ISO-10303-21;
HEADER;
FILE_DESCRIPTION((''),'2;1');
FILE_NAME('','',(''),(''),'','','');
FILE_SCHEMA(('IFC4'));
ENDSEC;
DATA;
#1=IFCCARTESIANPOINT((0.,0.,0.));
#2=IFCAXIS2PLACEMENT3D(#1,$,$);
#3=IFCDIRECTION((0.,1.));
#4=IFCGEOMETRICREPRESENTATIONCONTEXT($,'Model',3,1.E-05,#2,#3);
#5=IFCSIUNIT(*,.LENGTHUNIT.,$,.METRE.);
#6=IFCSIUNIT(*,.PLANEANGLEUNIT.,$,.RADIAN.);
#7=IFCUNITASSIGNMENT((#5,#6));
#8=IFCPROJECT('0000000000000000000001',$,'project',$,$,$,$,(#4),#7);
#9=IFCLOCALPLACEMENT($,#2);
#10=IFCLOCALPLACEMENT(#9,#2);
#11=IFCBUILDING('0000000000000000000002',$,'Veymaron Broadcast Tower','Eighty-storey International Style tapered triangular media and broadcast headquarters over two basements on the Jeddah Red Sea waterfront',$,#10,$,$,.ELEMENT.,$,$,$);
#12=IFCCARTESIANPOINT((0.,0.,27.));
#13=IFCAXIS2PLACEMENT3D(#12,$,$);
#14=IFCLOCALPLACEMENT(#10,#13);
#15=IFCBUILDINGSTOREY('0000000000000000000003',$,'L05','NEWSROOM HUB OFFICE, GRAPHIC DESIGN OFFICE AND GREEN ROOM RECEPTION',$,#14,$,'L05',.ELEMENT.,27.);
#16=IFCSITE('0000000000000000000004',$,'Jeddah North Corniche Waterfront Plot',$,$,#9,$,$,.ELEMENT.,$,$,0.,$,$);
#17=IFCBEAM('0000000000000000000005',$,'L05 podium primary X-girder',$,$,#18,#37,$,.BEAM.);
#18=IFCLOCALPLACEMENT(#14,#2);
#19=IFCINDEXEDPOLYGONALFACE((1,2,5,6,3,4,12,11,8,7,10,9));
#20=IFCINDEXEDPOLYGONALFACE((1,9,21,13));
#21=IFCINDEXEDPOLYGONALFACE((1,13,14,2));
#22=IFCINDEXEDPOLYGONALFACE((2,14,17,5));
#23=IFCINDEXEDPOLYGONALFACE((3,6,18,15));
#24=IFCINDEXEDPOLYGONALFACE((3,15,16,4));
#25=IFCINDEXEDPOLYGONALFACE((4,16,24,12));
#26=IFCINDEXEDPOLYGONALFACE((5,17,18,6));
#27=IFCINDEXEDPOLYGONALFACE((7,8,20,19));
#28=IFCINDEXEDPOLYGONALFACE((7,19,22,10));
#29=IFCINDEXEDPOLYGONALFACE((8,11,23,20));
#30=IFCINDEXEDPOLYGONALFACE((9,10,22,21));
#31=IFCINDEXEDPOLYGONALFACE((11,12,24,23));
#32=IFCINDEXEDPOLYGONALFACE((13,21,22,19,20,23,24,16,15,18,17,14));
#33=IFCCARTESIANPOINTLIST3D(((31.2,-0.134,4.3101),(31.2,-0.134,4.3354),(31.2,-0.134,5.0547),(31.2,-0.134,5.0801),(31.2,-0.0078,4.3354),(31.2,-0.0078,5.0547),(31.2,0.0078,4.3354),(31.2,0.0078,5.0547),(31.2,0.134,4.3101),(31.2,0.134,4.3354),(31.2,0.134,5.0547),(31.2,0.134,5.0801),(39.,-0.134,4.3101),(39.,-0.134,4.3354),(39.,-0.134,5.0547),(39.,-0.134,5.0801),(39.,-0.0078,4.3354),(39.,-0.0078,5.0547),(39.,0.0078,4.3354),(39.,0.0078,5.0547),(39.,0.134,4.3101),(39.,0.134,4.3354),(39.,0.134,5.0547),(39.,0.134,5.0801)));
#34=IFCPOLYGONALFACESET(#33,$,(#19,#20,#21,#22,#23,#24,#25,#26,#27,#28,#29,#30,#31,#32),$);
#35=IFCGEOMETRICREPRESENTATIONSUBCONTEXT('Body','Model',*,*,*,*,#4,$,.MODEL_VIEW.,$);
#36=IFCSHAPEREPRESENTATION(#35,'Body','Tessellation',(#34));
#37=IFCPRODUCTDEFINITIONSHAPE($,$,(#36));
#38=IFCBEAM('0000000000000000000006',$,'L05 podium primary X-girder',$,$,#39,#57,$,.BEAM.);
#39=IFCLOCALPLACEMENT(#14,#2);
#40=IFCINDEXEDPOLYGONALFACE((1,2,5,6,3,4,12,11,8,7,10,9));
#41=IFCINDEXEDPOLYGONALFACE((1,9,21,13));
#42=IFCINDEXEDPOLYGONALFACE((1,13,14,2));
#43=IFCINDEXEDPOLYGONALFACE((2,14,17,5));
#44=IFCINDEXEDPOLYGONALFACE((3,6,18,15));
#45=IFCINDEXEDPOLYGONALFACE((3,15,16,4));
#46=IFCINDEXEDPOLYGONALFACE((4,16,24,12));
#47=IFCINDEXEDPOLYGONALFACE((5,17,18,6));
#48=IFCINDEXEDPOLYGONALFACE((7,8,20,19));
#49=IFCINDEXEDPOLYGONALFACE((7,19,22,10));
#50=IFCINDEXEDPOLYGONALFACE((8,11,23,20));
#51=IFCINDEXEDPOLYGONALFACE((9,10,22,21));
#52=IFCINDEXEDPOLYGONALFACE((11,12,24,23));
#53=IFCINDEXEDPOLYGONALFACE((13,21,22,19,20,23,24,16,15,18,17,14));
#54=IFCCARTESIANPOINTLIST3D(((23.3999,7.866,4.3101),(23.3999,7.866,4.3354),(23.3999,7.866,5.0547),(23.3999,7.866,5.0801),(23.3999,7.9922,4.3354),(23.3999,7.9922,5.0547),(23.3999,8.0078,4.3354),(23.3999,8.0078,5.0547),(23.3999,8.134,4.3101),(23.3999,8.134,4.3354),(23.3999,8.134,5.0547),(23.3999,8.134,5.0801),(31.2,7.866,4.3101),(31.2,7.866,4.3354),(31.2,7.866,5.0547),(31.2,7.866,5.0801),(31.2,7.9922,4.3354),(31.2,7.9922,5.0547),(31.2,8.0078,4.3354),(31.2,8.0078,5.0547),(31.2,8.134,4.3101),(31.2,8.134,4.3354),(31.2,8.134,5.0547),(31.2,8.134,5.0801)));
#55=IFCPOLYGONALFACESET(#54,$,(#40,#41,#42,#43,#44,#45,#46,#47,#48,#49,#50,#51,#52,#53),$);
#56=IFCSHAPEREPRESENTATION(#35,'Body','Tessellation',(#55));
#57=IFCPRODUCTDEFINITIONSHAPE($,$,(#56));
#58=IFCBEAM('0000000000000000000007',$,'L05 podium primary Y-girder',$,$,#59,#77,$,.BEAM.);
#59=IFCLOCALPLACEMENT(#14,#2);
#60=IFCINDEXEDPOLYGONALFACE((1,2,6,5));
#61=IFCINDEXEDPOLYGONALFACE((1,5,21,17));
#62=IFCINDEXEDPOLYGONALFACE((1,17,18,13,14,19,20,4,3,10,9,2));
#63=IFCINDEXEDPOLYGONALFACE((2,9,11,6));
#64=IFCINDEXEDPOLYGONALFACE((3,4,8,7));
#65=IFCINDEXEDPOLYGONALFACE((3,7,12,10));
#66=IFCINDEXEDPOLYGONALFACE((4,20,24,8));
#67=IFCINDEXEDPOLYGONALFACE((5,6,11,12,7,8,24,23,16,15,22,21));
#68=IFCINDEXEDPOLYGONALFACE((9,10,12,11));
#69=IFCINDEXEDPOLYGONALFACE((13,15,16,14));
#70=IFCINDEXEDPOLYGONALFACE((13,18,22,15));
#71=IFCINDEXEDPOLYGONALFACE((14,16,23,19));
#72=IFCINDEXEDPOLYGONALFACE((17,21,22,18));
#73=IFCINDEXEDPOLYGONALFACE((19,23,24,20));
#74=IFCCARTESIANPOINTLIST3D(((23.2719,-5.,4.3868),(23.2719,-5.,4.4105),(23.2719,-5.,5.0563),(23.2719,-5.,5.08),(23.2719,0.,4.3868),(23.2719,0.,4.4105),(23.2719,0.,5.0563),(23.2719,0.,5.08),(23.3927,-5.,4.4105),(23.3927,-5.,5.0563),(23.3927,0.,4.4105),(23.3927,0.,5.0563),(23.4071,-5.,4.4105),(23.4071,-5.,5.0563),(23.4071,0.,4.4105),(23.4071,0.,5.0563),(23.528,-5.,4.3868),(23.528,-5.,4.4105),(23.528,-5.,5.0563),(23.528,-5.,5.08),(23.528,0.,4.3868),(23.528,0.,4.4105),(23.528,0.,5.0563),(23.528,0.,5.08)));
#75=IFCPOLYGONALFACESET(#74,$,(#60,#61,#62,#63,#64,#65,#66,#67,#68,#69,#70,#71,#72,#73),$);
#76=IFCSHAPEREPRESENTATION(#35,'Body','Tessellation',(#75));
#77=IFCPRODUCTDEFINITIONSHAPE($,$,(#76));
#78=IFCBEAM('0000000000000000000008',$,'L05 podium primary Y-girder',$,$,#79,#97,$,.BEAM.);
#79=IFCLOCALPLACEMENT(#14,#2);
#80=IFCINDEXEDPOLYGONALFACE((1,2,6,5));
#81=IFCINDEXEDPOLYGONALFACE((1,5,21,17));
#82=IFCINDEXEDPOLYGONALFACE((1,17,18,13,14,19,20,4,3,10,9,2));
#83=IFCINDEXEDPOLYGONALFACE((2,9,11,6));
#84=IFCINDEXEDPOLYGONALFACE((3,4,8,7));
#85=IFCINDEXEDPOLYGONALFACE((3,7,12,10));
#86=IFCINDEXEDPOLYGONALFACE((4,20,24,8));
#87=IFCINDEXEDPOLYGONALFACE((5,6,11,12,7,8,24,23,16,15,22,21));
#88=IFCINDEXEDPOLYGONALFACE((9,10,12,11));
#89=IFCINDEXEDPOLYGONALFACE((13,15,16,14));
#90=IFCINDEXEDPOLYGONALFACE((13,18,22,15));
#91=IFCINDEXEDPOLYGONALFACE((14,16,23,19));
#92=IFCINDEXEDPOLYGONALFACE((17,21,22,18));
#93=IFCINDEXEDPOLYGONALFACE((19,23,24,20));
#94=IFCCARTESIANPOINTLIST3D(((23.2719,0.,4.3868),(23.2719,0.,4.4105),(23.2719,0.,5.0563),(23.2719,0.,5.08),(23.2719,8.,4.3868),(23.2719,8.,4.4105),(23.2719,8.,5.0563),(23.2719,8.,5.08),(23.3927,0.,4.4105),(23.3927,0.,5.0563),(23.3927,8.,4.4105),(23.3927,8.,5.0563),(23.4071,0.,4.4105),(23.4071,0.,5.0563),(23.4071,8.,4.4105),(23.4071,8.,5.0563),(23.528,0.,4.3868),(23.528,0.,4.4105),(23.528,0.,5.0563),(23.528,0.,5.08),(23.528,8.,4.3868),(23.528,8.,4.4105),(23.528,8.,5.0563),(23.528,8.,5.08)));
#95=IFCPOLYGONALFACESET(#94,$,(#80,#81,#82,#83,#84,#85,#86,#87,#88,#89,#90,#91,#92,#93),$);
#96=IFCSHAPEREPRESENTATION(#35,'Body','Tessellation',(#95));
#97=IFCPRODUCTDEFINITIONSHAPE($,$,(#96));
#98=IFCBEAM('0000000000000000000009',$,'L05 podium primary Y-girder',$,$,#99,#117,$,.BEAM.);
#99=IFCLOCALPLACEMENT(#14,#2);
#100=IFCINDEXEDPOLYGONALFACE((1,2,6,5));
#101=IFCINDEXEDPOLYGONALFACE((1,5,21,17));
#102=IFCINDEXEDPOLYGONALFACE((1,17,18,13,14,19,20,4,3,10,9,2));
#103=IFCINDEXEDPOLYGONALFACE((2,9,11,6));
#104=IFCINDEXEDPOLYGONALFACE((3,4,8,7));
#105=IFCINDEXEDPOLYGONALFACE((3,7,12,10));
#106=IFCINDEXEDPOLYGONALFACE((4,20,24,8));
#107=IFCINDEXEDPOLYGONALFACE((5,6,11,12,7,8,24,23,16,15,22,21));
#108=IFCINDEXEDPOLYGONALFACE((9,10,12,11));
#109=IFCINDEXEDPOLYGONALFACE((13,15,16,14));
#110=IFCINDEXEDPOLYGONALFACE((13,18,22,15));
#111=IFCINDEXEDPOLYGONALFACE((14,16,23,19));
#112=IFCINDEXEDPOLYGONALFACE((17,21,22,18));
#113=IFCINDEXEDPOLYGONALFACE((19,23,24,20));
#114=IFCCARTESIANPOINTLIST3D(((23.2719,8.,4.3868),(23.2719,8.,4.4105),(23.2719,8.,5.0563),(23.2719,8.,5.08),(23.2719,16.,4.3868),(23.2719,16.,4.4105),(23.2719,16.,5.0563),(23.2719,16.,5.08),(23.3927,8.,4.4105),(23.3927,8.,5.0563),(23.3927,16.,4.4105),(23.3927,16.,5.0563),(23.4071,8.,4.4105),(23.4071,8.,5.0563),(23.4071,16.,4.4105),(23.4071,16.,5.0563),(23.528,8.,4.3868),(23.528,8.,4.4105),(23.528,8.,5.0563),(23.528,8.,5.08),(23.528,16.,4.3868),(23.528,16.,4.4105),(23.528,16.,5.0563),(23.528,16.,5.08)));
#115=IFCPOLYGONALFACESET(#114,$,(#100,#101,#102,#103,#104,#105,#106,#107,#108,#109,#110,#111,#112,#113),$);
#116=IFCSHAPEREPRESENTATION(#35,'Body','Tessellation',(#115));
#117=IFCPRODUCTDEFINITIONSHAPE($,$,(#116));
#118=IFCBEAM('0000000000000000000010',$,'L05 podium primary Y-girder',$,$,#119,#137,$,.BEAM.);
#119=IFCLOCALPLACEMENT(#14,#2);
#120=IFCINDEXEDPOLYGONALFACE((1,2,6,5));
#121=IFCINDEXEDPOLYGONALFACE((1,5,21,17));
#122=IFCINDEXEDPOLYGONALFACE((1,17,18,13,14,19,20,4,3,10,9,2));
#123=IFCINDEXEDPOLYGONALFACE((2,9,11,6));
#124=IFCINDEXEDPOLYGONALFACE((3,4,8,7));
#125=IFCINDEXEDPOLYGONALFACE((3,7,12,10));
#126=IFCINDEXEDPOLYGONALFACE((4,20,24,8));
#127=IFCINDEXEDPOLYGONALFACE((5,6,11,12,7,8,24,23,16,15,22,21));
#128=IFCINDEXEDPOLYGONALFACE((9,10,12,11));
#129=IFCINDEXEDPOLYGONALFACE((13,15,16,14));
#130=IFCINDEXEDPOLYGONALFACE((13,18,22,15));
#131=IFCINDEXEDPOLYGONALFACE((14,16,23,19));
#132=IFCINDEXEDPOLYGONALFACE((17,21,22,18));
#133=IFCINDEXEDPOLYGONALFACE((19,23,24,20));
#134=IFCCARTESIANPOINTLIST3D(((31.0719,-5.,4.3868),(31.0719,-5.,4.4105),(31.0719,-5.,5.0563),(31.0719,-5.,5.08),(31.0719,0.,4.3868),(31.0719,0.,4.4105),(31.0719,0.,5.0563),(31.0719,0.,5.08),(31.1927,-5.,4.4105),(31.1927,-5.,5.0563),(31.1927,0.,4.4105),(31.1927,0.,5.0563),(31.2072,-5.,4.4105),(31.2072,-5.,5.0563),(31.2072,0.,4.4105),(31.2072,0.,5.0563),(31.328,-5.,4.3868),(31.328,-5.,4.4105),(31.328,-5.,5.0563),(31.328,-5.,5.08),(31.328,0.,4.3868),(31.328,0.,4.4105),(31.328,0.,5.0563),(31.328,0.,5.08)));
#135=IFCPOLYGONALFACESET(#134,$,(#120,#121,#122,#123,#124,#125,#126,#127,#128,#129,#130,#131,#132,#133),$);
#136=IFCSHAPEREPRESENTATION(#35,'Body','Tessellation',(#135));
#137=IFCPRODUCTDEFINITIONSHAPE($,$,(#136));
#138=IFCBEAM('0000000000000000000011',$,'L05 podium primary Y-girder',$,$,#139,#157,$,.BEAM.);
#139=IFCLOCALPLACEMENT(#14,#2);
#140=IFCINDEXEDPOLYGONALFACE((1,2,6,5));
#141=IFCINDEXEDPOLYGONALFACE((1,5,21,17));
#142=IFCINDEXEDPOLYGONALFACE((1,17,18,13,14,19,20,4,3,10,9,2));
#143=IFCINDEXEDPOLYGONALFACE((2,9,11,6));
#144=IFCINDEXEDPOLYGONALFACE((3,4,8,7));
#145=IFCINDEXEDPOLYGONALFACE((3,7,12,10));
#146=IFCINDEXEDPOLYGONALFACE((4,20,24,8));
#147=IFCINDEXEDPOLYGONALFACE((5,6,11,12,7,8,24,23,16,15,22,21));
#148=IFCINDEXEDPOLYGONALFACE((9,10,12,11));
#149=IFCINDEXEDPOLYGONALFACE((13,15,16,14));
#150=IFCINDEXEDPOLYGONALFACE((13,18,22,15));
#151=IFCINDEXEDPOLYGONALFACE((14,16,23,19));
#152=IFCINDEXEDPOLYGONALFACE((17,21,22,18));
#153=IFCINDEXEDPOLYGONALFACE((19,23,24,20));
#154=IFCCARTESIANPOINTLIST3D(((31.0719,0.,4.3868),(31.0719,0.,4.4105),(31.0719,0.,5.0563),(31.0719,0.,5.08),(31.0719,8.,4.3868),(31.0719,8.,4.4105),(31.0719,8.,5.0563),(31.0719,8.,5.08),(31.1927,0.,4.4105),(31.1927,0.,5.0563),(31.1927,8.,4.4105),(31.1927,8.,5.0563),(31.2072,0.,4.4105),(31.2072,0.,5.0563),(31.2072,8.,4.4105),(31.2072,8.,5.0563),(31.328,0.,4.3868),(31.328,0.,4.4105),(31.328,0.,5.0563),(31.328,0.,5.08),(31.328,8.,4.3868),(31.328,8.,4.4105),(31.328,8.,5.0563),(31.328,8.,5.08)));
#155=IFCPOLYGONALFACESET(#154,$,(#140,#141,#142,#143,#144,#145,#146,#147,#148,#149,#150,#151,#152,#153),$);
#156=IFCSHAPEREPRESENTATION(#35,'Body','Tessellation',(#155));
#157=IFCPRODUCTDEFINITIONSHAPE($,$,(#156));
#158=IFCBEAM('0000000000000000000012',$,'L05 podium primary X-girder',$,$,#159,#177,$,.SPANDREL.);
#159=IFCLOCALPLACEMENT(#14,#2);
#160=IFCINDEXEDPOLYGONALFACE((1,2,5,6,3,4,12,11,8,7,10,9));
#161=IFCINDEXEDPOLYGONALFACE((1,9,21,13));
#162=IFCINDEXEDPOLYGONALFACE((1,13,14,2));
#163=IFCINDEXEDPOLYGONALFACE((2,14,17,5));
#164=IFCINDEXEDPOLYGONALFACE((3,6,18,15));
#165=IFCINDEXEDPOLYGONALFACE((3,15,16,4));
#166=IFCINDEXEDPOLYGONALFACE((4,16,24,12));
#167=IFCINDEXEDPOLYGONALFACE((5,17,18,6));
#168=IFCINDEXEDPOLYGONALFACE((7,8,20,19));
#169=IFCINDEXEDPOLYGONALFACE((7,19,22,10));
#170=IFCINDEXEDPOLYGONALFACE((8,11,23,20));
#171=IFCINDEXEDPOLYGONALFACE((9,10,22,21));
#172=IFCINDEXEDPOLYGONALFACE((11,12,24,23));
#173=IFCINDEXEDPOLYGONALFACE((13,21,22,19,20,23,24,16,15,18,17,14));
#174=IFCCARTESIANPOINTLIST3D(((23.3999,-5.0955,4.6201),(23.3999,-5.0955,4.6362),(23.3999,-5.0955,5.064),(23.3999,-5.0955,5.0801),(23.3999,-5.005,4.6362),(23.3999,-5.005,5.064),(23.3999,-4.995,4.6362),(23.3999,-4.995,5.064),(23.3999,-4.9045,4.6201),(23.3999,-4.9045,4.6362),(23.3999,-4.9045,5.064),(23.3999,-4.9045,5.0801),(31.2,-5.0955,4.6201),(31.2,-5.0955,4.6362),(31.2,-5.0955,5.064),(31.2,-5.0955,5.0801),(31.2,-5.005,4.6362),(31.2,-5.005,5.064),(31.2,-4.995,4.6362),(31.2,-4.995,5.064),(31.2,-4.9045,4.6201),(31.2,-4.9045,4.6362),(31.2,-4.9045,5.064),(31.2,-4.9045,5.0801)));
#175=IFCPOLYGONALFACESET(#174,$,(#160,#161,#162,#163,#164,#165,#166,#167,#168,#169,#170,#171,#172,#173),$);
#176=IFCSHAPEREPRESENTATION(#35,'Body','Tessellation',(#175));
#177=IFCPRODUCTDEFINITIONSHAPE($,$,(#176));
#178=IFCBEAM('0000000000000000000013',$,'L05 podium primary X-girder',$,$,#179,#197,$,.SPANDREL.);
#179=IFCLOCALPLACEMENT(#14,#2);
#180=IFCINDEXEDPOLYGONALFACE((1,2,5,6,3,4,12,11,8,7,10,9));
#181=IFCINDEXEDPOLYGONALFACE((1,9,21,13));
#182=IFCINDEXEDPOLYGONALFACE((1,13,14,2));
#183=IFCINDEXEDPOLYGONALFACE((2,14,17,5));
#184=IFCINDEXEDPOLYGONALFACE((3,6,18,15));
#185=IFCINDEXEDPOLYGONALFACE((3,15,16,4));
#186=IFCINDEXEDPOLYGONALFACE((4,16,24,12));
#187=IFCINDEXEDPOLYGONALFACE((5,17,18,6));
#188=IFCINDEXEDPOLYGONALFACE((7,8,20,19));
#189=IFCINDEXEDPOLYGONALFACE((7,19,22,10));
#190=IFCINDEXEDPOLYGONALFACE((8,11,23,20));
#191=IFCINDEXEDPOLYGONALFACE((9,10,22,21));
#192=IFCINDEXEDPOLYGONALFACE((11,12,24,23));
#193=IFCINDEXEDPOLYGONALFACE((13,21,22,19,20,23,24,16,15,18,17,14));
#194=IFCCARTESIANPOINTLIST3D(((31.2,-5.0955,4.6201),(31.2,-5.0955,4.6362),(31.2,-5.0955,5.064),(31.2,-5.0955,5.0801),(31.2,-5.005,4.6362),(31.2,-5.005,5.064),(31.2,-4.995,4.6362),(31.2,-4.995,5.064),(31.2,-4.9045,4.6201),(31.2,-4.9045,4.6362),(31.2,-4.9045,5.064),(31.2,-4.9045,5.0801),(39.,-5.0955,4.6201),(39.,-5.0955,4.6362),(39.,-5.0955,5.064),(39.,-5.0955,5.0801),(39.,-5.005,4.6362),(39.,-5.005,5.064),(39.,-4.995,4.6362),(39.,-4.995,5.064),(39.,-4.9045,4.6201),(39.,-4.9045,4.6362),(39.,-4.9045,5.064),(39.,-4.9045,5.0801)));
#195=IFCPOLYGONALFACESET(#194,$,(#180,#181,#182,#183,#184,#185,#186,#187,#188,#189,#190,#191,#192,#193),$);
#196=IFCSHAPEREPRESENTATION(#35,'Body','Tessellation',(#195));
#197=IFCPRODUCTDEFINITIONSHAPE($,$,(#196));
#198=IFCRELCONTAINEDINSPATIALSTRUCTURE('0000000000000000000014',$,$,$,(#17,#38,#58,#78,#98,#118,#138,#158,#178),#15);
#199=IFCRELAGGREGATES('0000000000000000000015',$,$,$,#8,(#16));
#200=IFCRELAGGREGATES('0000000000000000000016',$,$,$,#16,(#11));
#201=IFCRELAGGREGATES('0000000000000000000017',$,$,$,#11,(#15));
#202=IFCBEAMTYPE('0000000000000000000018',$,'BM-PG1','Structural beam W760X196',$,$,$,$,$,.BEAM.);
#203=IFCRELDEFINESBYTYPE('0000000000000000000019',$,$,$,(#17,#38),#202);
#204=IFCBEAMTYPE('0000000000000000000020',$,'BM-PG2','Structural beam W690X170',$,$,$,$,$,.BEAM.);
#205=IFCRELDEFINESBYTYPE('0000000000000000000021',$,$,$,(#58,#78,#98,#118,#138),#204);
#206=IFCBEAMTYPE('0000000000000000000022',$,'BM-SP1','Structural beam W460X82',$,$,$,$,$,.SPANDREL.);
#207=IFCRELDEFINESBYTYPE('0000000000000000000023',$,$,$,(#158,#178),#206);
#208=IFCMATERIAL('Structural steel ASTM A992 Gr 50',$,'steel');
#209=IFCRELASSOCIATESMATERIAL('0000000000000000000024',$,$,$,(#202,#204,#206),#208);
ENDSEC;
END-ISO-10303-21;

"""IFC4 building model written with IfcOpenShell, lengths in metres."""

from ifc_helpers import new_model, si_unit, direction, frame, origin, origin_2d, place, context, subcontext, project, spatial, i_section, extrude, material, material_profile, profile_set, type_object, element, save


model = new_model("IFC4")

# Units and contexts
model_context = context("Model", 3, precision=1e-05, world=origin(), true_north=direction((0.0, 1.0)))
body_context = subcontext(model_context, "Body", "Model", "MODEL_VIEW")
ifc_project = project(units=[si_unit("LENGTHUNIT", "METRE"), si_unit("PLANEANGLEUNIT", "RADIAN")], contexts=[model_context])

# Site, building, storey
site_placement = place(None, origin())
site = spatial("IfcSite", under=ifc_project, at=site_placement, Name="Jeddah North Corniche Waterfront Plot", CompositionType="ELEMENT", RefElevation=0.0)
building_placement = place(site_placement, origin())
building = spatial("IfcBuilding", under=site, at=building_placement, Name="Veymaron Broadcast Tower", Description="Eighty-storey International Style tapered triangular media and broadcast headquarters over two basements on the Jeddah Red Sea waterfront", CompositionType="ELEMENT")
storey_placement = place(building_placement, frame((0.0, 0.0, 27.0)))
storey = spatial("IfcBuildingStorey", under=building, at=storey_placement, Name="L05", Description="NEWSROOM HUB OFFICE, GRAPHIC DESIGN OFFICE AND GREEN ROOM RECEPTION", LongName="L05", CompositionType="ELEMENT", Elevation=27.0)

# Beams
ifc_material_1 = material(Name="Structural steel ASTM A992 Gr 50", Category="steel")
ifc_material_profile_1 = material_profile(ifc_material_1, i_section(OverallWidth=0.2681, OverallDepth=0.77, WebThickness=0.0156, FlangeThickness=0.0254, at=origin_2d()), Name="W760X196")
ifc_profile_set_1 = profile_set([ifc_material_profile_1], Name="Structural steel ASTM A992 Gr 50")
beam_type_1 = type_object("IfcBeamType", Name="BM-PG1", Description="Structural beam W760X196", PredefinedType="BEAM", material=ifc_profile_set_1)
for number, where, z_axis, x_axis, name in (
    (1, (31.2, 0.0, 4.6951), (1.0, 0.0, 0.0), (0.0, 1.0, 0.0), "L05 podium primary X-girder"),
    (2, (23.3999, 8.0, 4.6951), (1.0, 0.0, 0.0), (0.0, 1.0, 0.0), "L05 podium primary X-girder"),
):
    element("IfcBeam", number, at=place(storey_placement, frame(where, z_axis=z_axis, x_axis=x_axis)), inside=storey, type_object=beam_type_1, Name=name, PredefinedType="BEAM", context=body_context, shape_type="SweptSolid", body=[
        extrude(i_section(OverallWidth=0.2681, OverallDepth=0.77, WebThickness=0.0156, FlangeThickness=0.0254, at=origin_2d()), origin(), (0.0, 0.0, 1.0), 7.8),
    ])
ifc_material_profile_2 = material_profile(ifc_material_1, i_section(OverallWidth=0.2561, OverallDepth=0.6931, WebThickness=0.0144, FlangeThickness=0.0237, at=origin_2d()), Name="W690X170")
ifc_profile_set_2 = profile_set([ifc_material_profile_2], Name="Structural steel ASTM A992 Gr 50")
beam_type_2 = type_object("IfcBeamType", Name="BM-PG2", Description="Structural beam W690X170", PredefinedType="BEAM", material=ifc_profile_set_2)
beam_1_placement = place(storey_placement, frame((23.3999, -5.0, 4.7334), z_axis=(0.0, 1.0, 0.0), x_axis=(-1.0, 0.0, 0.0)))
element("IfcBeam", 3, at=beam_1_placement, inside=storey, type_object=beam_type_2, Name="L05 podium primary Y-girder", PredefinedType="BEAM", context=body_context, shape_type="SweptSolid", body=[
    extrude(i_section(OverallWidth=0.2561, OverallDepth=0.6931, WebThickness=0.0144, FlangeThickness=0.0237, at=origin_2d()), origin(), (0.0, 0.0, 1.0), 5.0),
])
for number, where, z_axis, x_axis, name in (
    (4, (23.3999, 0.0, 4.7334), (0.0, 1.0, 0.0), (-1.0, 0.0, 0.0), "L05 podium primary Y-girder"),
    (5, (23.3999, 8.0, 4.7334), (0.0, 1.0, 0.0), (-1.0, 0.0, 0.0), "L05 podium primary Y-girder"),
):
    element("IfcBeam", number, at=place(storey_placement, frame(where, z_axis=z_axis, x_axis=x_axis)), inside=storey, type_object=beam_type_2, Name=name, PredefinedType="BEAM", context=body_context, shape_type="SweptSolid", body=[
        extrude(i_section(OverallWidth=0.2561, OverallDepth=0.6931, WebThickness=0.0144, FlangeThickness=0.0237, at=origin_2d()), origin(), (0.0, 0.0, 1.0), 8.0),
    ])
beam_2_placement = place(storey_placement, frame((31.2, -5.0, 4.7334), z_axis=(0.0, 1.0, 0.0), x_axis=(-1.0, 0.0, 0.0)))
element("IfcBeam", 6, at=beam_2_placement, inside=storey, type_object=beam_type_2, Name="L05 podium primary Y-girder", PredefinedType="BEAM", context=body_context, shape_type="SweptSolid", body=[
    extrude(i_section(OverallWidth=0.2561, OverallDepth=0.6931, WebThickness=0.0144, FlangeThickness=0.0237, at=origin_2d()), origin(), (0.0, 0.0, 1.0), 5.0),
])
beam_3_placement = place(storey_placement, frame((31.2, 0.0, 4.7334), z_axis=(0.0, 1.0, 0.0), x_axis=(-1.0, 0.0, 0.0)))
element("IfcBeam", 7, at=beam_3_placement, inside=storey, type_object=beam_type_2, Name="L05 podium primary Y-girder", PredefinedType="BEAM", context=body_context, shape_type="SweptSolid", body=[
    extrude(i_section(OverallWidth=0.2561, OverallDepth=0.6931, WebThickness=0.0144, FlangeThickness=0.0237, at=origin_2d()), origin(), (0.0, 0.0, 1.0), 8.0),
])
ifc_material_profile_3 = material_profile(ifc_material_1, i_section(OverallWidth=0.1909, OverallDepth=0.46, WebThickness=0.01, FlangeThickness=0.0161, at=origin_2d()), Name="W460X82")
ifc_profile_set_3 = profile_set([ifc_material_profile_3], Name="Structural steel ASTM A992 Gr 50")
beam_type_3 = type_object("IfcBeamType", Name="BM-SP1", Description="Structural beam W460X82", PredefinedType="SPANDREL", material=ifc_profile_set_3)
for number, where, z_axis, x_axis, name in (
    (8, (23.3999, -5.0, 4.8501), (1.0, 0.0, 0.0), (0.0, 1.0, 0.0), "L05 podium primary X-girder"),
    (9, (31.2, -5.0, 4.8501), (1.0, 0.0, 0.0), (0.0, 1.0, 0.0), "L05 podium primary X-girder"),
):
    element("IfcBeam", number, at=place(storey_placement, frame(where, z_axis=z_axis, x_axis=x_axis)), inside=storey, type_object=beam_type_3, Name=name, PredefinedType="SPANDREL", context=body_context, shape_type="SweptSolid", body=[
        extrude(i_section(OverallWidth=0.1909, OverallDepth=0.46, WebThickness=0.01, FlangeThickness=0.0161, at=origin_2d()), origin(), (0.0, 0.0, 1.0), 7.8),
    ])

save(model, "model.ifc")
